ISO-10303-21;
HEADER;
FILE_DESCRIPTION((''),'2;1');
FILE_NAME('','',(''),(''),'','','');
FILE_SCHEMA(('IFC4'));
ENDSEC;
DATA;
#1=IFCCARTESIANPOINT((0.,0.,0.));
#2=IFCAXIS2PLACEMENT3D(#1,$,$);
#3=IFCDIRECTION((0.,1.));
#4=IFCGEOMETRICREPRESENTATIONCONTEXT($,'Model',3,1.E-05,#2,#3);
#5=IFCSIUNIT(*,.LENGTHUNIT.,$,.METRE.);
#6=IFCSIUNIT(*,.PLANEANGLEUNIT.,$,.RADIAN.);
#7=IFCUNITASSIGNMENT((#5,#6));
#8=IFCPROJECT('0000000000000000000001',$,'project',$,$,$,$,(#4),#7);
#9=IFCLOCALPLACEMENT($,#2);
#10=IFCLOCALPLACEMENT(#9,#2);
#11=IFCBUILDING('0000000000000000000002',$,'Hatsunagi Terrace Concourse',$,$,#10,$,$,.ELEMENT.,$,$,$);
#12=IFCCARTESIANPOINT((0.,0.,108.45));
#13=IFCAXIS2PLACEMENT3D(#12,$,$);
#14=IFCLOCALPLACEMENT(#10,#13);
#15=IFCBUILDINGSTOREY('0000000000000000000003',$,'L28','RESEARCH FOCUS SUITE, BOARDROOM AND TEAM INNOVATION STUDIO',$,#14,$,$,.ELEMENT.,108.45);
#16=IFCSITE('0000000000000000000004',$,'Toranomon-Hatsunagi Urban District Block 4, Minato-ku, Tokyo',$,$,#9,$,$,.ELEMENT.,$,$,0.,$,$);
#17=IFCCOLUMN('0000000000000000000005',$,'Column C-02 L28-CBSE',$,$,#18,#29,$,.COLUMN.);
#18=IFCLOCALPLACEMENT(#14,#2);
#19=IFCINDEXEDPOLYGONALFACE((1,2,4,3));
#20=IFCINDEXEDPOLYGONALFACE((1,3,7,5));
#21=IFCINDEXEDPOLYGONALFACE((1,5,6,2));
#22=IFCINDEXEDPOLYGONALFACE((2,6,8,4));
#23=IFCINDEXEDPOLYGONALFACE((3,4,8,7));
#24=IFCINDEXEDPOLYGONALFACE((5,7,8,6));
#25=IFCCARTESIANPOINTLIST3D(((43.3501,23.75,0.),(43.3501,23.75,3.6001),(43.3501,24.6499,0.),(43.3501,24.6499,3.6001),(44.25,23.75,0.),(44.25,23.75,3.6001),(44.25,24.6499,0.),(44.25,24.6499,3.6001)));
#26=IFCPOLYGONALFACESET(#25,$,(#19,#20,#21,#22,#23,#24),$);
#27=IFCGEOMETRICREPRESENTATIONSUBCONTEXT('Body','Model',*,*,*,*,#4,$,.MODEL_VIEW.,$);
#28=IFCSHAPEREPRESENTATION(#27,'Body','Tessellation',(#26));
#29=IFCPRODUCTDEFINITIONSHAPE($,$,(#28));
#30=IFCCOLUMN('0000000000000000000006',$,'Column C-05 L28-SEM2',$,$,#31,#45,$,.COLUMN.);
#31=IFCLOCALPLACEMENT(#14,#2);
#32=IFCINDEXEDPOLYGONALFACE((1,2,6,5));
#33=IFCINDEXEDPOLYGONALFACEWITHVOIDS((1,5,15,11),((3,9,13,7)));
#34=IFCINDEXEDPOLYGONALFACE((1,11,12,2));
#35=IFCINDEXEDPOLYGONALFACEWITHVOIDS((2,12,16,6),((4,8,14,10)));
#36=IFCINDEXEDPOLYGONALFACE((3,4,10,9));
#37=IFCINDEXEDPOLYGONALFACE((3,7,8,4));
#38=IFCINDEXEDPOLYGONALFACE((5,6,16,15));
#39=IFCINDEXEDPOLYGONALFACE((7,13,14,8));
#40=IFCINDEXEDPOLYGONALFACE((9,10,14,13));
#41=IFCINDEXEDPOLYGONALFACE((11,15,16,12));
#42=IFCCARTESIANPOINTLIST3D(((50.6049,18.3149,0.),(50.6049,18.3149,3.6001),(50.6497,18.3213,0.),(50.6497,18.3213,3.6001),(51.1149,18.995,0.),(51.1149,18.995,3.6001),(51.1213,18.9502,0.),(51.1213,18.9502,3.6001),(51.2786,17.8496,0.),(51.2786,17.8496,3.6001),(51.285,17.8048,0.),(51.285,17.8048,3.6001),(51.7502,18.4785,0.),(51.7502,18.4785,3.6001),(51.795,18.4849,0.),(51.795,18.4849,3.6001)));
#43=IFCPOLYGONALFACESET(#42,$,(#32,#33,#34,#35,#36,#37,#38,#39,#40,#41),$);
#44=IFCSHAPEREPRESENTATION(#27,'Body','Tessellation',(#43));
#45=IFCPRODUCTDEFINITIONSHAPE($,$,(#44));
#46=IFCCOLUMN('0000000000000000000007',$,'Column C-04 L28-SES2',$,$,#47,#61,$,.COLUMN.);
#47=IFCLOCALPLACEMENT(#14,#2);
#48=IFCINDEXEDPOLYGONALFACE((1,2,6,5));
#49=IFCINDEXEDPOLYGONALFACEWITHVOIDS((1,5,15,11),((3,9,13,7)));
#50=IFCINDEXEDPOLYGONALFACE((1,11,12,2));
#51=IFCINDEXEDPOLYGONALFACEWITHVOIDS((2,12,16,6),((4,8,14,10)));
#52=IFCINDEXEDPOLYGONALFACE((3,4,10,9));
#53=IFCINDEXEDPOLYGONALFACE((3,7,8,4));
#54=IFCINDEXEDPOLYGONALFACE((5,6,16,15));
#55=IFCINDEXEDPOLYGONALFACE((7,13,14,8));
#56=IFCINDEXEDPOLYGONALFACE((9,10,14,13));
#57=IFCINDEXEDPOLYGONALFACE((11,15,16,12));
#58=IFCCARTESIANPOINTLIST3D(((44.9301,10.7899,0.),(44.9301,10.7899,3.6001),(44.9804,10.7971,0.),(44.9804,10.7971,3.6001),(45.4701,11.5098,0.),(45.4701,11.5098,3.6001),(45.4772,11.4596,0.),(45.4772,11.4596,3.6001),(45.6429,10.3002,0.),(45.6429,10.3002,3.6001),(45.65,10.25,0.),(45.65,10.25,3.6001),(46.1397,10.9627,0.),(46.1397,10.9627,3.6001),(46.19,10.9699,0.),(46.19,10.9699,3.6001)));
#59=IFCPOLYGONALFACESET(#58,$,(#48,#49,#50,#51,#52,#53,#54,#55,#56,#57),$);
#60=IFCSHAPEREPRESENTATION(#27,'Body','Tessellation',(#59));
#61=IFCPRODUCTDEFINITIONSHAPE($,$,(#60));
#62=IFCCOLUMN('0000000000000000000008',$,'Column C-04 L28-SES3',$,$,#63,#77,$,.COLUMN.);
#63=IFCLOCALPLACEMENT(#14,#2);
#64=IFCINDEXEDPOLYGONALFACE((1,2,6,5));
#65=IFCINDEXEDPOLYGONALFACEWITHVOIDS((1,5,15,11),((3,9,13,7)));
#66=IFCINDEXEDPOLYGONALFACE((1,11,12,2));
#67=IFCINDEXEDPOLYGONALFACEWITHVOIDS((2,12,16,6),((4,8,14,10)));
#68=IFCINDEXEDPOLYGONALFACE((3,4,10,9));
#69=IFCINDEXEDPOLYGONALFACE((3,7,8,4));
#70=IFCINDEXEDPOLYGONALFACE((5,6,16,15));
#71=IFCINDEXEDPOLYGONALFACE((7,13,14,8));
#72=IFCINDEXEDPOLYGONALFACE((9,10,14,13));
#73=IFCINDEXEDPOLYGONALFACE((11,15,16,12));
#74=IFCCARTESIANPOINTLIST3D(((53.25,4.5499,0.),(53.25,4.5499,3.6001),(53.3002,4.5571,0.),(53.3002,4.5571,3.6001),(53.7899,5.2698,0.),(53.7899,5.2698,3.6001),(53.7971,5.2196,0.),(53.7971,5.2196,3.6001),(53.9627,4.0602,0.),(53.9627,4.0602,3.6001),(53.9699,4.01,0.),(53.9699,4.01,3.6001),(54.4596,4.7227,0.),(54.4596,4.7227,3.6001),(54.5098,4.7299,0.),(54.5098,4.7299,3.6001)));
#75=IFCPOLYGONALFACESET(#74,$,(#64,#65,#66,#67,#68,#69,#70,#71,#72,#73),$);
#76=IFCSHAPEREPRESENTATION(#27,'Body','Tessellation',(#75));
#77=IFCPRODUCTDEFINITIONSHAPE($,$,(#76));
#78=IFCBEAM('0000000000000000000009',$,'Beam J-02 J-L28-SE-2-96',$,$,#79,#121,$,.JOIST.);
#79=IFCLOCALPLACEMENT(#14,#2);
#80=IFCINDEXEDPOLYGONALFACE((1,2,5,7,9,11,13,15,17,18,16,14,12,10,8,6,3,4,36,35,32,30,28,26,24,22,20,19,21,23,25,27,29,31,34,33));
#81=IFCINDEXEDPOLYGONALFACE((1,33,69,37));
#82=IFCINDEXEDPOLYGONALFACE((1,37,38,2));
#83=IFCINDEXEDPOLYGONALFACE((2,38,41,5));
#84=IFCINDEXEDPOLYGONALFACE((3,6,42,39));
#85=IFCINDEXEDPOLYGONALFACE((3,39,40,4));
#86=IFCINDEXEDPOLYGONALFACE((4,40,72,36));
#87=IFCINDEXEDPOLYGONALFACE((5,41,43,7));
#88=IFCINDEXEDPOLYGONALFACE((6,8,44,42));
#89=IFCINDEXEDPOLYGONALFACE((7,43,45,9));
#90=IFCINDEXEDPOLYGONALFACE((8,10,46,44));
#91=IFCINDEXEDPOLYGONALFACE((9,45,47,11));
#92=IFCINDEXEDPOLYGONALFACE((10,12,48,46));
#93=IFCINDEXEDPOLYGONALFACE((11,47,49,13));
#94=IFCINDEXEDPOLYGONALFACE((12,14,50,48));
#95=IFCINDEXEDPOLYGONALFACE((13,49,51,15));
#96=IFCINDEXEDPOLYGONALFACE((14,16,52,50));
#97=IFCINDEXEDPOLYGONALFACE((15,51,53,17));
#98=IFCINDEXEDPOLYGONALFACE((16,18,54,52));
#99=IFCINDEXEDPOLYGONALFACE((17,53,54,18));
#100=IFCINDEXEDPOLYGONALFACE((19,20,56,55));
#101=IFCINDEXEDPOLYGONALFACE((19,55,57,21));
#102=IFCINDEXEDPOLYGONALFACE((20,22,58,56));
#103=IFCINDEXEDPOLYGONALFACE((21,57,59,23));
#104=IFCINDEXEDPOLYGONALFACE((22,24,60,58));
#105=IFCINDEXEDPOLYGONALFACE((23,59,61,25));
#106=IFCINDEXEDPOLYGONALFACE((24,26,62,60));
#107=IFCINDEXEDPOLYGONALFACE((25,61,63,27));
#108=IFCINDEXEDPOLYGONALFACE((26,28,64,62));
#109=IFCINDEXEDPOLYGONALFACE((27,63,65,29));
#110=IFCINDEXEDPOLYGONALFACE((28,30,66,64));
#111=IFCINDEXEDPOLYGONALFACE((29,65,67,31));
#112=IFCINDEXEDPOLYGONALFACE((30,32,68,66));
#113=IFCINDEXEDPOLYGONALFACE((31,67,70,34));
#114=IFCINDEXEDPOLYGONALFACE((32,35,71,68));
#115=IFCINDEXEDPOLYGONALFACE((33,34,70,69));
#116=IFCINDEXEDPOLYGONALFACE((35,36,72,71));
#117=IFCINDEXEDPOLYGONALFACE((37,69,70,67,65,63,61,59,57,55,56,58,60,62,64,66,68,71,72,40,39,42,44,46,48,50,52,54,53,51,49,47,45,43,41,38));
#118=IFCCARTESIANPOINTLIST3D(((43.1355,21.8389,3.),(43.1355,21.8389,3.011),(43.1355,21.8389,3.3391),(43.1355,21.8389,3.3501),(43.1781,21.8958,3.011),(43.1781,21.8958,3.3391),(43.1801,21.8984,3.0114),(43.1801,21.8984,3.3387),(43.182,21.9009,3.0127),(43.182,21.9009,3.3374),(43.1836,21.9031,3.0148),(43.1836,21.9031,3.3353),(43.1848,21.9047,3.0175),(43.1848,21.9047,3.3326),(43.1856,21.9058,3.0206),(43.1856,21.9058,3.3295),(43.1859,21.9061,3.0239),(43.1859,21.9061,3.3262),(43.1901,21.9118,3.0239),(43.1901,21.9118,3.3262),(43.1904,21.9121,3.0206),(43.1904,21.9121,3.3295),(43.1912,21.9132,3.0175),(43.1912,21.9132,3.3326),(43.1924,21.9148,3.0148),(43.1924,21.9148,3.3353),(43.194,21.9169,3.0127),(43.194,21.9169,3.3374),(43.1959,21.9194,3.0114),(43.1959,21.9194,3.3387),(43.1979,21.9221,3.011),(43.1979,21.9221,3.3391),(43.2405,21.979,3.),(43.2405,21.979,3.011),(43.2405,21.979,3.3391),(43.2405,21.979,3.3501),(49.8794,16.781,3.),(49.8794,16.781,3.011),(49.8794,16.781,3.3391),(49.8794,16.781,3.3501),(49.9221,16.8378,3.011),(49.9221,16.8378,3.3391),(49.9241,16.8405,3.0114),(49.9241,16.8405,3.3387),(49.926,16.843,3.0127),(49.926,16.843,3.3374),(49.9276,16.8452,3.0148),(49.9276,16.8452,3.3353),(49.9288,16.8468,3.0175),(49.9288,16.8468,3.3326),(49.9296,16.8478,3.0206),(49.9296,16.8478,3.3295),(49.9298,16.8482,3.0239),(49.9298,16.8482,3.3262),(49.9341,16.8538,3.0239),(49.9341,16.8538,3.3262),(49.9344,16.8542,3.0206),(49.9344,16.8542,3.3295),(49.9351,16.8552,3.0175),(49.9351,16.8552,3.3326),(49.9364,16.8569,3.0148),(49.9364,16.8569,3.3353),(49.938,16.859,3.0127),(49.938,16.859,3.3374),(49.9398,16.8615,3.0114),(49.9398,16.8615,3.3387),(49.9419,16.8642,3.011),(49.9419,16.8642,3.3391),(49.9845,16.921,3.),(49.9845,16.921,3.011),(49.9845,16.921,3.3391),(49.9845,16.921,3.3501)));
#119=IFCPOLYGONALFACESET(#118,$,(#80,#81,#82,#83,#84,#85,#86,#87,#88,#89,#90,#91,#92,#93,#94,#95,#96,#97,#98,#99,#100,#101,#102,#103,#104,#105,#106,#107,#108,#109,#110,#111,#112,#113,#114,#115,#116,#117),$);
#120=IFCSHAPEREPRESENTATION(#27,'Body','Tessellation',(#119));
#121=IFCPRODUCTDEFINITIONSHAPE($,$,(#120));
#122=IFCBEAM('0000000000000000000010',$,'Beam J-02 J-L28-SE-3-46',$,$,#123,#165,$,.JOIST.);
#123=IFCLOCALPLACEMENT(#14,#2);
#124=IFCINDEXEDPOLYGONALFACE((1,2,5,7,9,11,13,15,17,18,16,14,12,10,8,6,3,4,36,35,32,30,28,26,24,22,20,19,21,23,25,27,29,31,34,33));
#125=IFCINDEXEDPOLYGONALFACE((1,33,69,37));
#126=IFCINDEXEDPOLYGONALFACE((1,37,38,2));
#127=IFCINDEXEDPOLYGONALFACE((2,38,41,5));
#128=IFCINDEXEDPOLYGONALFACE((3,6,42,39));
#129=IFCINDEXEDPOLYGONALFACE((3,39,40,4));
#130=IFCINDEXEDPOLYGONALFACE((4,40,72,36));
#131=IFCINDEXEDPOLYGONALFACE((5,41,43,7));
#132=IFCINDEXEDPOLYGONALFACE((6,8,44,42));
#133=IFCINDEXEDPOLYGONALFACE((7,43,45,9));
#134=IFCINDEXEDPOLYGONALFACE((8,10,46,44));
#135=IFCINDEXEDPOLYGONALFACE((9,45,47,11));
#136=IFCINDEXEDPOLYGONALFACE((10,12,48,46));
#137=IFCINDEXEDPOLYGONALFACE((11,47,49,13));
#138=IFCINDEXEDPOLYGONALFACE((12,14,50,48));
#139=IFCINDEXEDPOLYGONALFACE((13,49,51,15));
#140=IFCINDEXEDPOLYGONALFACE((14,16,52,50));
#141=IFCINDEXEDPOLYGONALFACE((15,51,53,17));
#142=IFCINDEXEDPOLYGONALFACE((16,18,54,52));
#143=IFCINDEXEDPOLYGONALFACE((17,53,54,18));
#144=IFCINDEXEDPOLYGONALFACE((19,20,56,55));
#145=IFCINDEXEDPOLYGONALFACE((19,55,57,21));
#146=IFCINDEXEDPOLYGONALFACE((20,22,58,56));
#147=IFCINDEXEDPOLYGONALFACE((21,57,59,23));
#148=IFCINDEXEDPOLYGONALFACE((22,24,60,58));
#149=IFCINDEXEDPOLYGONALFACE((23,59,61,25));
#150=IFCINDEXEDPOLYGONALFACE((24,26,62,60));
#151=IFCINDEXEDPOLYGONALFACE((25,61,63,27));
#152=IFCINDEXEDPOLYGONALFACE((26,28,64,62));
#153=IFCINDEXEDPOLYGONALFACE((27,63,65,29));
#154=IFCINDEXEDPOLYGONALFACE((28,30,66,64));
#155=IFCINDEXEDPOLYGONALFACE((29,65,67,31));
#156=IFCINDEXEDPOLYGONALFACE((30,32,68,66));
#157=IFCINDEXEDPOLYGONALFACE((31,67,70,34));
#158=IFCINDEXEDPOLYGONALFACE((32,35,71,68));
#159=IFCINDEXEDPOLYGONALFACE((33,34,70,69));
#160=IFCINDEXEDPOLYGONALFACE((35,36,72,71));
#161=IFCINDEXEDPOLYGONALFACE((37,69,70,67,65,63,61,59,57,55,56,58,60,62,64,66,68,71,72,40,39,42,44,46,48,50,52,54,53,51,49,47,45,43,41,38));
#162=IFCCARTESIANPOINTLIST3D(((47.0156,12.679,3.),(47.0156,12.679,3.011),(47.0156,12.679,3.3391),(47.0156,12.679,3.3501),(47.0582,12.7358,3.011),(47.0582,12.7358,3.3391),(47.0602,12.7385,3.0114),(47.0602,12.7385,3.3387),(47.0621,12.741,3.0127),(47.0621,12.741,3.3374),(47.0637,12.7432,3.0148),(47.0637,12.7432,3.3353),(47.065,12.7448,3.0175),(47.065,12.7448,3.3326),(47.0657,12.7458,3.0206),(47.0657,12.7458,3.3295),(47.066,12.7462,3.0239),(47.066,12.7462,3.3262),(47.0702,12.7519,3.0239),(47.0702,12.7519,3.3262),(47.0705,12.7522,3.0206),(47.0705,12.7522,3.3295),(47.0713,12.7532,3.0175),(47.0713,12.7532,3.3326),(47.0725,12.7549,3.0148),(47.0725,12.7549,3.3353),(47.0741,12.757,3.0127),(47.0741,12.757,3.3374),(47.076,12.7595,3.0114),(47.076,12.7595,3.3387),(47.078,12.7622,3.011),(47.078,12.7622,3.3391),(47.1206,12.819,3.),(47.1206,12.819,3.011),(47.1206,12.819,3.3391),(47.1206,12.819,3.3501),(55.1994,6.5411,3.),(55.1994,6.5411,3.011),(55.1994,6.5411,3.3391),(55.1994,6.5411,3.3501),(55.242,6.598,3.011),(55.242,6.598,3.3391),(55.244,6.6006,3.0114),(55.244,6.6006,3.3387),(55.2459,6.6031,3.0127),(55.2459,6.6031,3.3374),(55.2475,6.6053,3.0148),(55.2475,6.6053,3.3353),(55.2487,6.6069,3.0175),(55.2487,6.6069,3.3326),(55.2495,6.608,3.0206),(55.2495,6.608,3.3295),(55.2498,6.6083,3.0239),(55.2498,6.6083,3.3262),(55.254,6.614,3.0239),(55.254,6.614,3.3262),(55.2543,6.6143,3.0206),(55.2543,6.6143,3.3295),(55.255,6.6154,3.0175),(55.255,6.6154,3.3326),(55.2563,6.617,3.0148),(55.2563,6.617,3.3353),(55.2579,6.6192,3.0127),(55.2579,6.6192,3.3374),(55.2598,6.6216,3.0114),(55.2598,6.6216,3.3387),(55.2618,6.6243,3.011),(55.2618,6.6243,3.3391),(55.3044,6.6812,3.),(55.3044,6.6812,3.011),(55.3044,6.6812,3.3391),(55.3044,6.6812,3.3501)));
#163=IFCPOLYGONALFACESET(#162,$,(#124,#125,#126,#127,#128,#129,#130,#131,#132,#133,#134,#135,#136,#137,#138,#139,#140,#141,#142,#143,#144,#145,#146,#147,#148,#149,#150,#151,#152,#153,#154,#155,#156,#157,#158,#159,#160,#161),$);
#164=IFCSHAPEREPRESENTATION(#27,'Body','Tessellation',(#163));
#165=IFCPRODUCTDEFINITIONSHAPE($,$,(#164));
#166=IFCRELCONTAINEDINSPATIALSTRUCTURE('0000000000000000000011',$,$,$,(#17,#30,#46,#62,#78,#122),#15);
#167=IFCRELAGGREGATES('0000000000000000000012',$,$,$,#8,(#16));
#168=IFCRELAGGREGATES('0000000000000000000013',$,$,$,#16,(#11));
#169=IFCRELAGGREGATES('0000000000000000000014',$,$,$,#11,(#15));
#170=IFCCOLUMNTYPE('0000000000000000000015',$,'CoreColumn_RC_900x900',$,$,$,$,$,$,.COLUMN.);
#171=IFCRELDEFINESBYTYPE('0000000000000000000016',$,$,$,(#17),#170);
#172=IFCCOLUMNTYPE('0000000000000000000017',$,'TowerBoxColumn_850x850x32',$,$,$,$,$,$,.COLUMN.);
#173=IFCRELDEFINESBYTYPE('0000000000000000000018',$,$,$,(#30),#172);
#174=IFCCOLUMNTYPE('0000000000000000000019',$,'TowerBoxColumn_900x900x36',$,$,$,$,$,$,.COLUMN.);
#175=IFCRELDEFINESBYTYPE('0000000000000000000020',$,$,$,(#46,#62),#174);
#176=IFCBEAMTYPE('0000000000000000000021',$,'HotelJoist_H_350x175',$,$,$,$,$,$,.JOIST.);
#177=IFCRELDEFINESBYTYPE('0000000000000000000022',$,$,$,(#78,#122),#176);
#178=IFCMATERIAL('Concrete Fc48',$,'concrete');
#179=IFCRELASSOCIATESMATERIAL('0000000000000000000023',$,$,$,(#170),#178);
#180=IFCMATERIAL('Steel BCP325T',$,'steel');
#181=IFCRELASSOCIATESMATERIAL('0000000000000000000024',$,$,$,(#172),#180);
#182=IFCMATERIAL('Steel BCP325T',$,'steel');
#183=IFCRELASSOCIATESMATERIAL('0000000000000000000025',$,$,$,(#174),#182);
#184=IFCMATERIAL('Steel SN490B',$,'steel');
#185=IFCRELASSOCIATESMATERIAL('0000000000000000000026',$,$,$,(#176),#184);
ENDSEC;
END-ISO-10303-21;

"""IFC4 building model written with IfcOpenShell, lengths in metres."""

from ifc_helpers import new_model, si_unit, direction, frame, origin, origin_2d, place, context, subcontext, project, spatial, rectangle, hollow_rectangle, i_section, extrude, material, material_profile, profile_set, type_object, element, save


model = new_model("IFC4")

# Units and contexts
model_context = context("Model", 3, precision=1e-05, world=origin(), true_north=direction((0.0, 1.0)))
body_context = subcontext(model_context, "Body", "Model", "MODEL_VIEW")
ifc_project = project(units=[si_unit("LENGTHUNIT", "METRE"), si_unit("PLANEANGLEUNIT", "RADIAN")], contexts=[model_context])

# Site, building, storey
site_placement = place(None, origin())
site = spatial("IfcSite", under=ifc_project, at=site_placement, Name="Toranomon-Hatsunagi Urban District Block 4, Minato-ku, Tokyo", CompositionType="ELEMENT", RefElevation=0.0)
building_placement = place(site_placement, origin())
building = spatial("IfcBuilding", under=site, at=building_placement, Name="Hatsunagi Terrace Concourse", CompositionType="ELEMENT")
storey_placement = place(building_placement, frame((0.0, 0.0, 108.45)))
storey = spatial("IfcBuildingStorey", under=building, at=storey_placement, Name="L28", Description="RESEARCH FOCUS SUITE, BOARDROOM AND TEAM INNOVATION STUDIO", CompositionType="ELEMENT", Elevation=108.45)

# Columns
ifc_material_1 = material(Name="Concrete Fc48", Category="concrete")
ifc_material_profile_1 = material_profile(ifc_material_1, rectangle(XDim=0.8999, YDim=0.8999, at=origin_2d()), Name="RC-900x900")
ifc_profile_set_1 = profile_set([ifc_material_profile_1], Name="Concrete Fc48")
column_type_1 = type_object("IfcColumnType", Name="CoreColumn_RC_900x900", PredefinedType="COLUMN", material=ifc_profile_set_1)
column_1_placement = place(storey_placement, frame((43.8, 24.2, 0.0), z_axis=(0.0, 0.0, 1.0), x_axis=(1.0, 0.0, 0.0)))
element("IfcColumn", 1, at=column_1_placement, inside=storey, type_object=column_type_1, Name="Column C-02 L28-CBSE", PredefinedType="COLUMN", context=body_context, shape_type="SweptSolid", body=[
    extrude(rectangle(XDim=0.8999, YDim=0.8999, at=origin_2d()), origin(), (0.0, 0.0, 1.0), 3.6001),
])
ifc_material_2 = material(Name="Steel BCP325T", Category="steel")
ifc_material_profile_2 = material_profile(ifc_material_2, hollow_rectangle(XDim=0.8501, YDim=0.8501, WallThickness=0.032, at=origin_2d()), Name="BCP-850x850x32")
ifc_profile_set_2 = profile_set([ifc_material_profile_2], Name="Steel BCP325T")
column_type_2 = type_object("IfcColumnType", Name="TowerBoxColumn_850x850x32", PredefinedType="COLUMN", material=ifc_profile_set_2)
column_2_placement = place(storey_placement, frame((51.2, 18.3999, 0.0), z_axis=(0.0, 0.0, 1.0), x_axis=(0.8, -0.6, 0.0)))
element("IfcColumn", 2, at=column_2_placement, inside=storey, type_object=column_type_2, Name="Column C-05 L28-SEM2", PredefinedType="COLUMN", context=body_context, shape_type="SweptSolid", body=[
    extrude(hollow_rectangle(XDim=0.8501, YDim=0.8501, WallThickness=0.032, at=origin_2d()), origin(), (0.0, 0.0, 1.0), 3.6001),
])
ifc_material_3 = material(Name="Steel BCP325T", Category="steel")
ifc_material_profile_3 = material_profile(ifc_material_3, hollow_rectangle(XDim=0.8999, YDim=0.8999, WallThickness=0.0359, at=origin_2d()), Name="BCP-900x900x36")
ifc_profile_set_3 = profile_set([ifc_material_profile_3], Name="Steel BCP325T")
column_type_3 = type_object("IfcColumnType", Name="TowerBoxColumn_900x900x36", PredefinedType="COLUMN", material=ifc_profile_set_3)
for number, where, z_axis, x_axis, name in (
    (3, (45.5601, 10.8799, 0.0), (0.0, 0.0, 1.0), (0.8, -0.6, 0.0), "Column C-04 L28-SES2"),
    (4, (53.8799, 4.6399, 0.0), (0.0, 0.0, 1.0), (0.8, -0.6, 0.0), "Column C-04 L28-SES3"),
):
    element("IfcColumn", number, at=place(storey_placement, frame(where, z_axis=z_axis, x_axis=x_axis)), inside=storey, type_object=column_type_3, Name=name, PredefinedType="COLUMN", context=body_context, shape_type="SweptSolid", body=[
        extrude(hollow_rectangle(XDim=0.8999, YDim=0.8999, WallThickness=0.0359, at=origin_2d()), origin(), (0.0, 0.0, 1.0), 3.6001),
    ])

# Beams
ifc_material_4 = material(Name="Steel SN490B", Category="steel")
ifc_material_profile_4 = material_profile(ifc_material_4, i_section(OverallWidth=0.175, OverallDepth=0.3501, WebThickness=0.0071, FlangeThickness=0.011, FilletRadius=0.0129, at=origin_2d()), Name="H-350x175x7x11")
ifc_profile_set_4 = profile_set([ifc_material_profile_4], Name="Steel SN490B")
beam_type_1 = type_object("IfcBeamType", Name="HotelJoist_H_350x175", PredefinedType="JOIST", material=ifc_profile_set_4)
beam_1_placement = place(storey_placement, frame((43.188, 21.9089, 3.175), z_axis=(0.800003, -0.599995, 0.0), x_axis=(0.599995, 0.800003, 0.0)))
element("IfcBeam", 5, at=beam_1_placement, inside=storey, type_object=beam_type_1, Name="Beam J-02 J-L28-SE-2-96", PredefinedType="JOIST", context=body_context, shape_type="SweptSolid", body=[
    extrude(i_section(OverallWidth=0.175, OverallDepth=0.3501, WebThickness=0.0071, FlangeThickness=0.011, FilletRadius=0.0129, at=origin_2d()), origin(), (0.0, 0.0, 1.0), 8.4299),
])
beam_2_placement = place(storey_placement, frame((47.0681, 12.749, 3.175), z_axis=(0.799997, -0.600004, 0.0), x_axis=(0.600004, 0.799997, 0.0)))
element("IfcBeam", 6, at=beam_2_placement, inside=storey, type_object=beam_type_1, Name="Beam J-02 J-L28-SE-3-46", PredefinedType="JOIST", context=body_context, shape_type="SweptSolid", body=[
    extrude(i_section(OverallWidth=0.175, OverallDepth=0.3501, WebThickness=0.0071, FlangeThickness=0.011, FilletRadius=0.0129, at=origin_2d()), origin(), (0.0, 0.0, 1.0), 10.2297),
])

save(model, "model.ifc")
